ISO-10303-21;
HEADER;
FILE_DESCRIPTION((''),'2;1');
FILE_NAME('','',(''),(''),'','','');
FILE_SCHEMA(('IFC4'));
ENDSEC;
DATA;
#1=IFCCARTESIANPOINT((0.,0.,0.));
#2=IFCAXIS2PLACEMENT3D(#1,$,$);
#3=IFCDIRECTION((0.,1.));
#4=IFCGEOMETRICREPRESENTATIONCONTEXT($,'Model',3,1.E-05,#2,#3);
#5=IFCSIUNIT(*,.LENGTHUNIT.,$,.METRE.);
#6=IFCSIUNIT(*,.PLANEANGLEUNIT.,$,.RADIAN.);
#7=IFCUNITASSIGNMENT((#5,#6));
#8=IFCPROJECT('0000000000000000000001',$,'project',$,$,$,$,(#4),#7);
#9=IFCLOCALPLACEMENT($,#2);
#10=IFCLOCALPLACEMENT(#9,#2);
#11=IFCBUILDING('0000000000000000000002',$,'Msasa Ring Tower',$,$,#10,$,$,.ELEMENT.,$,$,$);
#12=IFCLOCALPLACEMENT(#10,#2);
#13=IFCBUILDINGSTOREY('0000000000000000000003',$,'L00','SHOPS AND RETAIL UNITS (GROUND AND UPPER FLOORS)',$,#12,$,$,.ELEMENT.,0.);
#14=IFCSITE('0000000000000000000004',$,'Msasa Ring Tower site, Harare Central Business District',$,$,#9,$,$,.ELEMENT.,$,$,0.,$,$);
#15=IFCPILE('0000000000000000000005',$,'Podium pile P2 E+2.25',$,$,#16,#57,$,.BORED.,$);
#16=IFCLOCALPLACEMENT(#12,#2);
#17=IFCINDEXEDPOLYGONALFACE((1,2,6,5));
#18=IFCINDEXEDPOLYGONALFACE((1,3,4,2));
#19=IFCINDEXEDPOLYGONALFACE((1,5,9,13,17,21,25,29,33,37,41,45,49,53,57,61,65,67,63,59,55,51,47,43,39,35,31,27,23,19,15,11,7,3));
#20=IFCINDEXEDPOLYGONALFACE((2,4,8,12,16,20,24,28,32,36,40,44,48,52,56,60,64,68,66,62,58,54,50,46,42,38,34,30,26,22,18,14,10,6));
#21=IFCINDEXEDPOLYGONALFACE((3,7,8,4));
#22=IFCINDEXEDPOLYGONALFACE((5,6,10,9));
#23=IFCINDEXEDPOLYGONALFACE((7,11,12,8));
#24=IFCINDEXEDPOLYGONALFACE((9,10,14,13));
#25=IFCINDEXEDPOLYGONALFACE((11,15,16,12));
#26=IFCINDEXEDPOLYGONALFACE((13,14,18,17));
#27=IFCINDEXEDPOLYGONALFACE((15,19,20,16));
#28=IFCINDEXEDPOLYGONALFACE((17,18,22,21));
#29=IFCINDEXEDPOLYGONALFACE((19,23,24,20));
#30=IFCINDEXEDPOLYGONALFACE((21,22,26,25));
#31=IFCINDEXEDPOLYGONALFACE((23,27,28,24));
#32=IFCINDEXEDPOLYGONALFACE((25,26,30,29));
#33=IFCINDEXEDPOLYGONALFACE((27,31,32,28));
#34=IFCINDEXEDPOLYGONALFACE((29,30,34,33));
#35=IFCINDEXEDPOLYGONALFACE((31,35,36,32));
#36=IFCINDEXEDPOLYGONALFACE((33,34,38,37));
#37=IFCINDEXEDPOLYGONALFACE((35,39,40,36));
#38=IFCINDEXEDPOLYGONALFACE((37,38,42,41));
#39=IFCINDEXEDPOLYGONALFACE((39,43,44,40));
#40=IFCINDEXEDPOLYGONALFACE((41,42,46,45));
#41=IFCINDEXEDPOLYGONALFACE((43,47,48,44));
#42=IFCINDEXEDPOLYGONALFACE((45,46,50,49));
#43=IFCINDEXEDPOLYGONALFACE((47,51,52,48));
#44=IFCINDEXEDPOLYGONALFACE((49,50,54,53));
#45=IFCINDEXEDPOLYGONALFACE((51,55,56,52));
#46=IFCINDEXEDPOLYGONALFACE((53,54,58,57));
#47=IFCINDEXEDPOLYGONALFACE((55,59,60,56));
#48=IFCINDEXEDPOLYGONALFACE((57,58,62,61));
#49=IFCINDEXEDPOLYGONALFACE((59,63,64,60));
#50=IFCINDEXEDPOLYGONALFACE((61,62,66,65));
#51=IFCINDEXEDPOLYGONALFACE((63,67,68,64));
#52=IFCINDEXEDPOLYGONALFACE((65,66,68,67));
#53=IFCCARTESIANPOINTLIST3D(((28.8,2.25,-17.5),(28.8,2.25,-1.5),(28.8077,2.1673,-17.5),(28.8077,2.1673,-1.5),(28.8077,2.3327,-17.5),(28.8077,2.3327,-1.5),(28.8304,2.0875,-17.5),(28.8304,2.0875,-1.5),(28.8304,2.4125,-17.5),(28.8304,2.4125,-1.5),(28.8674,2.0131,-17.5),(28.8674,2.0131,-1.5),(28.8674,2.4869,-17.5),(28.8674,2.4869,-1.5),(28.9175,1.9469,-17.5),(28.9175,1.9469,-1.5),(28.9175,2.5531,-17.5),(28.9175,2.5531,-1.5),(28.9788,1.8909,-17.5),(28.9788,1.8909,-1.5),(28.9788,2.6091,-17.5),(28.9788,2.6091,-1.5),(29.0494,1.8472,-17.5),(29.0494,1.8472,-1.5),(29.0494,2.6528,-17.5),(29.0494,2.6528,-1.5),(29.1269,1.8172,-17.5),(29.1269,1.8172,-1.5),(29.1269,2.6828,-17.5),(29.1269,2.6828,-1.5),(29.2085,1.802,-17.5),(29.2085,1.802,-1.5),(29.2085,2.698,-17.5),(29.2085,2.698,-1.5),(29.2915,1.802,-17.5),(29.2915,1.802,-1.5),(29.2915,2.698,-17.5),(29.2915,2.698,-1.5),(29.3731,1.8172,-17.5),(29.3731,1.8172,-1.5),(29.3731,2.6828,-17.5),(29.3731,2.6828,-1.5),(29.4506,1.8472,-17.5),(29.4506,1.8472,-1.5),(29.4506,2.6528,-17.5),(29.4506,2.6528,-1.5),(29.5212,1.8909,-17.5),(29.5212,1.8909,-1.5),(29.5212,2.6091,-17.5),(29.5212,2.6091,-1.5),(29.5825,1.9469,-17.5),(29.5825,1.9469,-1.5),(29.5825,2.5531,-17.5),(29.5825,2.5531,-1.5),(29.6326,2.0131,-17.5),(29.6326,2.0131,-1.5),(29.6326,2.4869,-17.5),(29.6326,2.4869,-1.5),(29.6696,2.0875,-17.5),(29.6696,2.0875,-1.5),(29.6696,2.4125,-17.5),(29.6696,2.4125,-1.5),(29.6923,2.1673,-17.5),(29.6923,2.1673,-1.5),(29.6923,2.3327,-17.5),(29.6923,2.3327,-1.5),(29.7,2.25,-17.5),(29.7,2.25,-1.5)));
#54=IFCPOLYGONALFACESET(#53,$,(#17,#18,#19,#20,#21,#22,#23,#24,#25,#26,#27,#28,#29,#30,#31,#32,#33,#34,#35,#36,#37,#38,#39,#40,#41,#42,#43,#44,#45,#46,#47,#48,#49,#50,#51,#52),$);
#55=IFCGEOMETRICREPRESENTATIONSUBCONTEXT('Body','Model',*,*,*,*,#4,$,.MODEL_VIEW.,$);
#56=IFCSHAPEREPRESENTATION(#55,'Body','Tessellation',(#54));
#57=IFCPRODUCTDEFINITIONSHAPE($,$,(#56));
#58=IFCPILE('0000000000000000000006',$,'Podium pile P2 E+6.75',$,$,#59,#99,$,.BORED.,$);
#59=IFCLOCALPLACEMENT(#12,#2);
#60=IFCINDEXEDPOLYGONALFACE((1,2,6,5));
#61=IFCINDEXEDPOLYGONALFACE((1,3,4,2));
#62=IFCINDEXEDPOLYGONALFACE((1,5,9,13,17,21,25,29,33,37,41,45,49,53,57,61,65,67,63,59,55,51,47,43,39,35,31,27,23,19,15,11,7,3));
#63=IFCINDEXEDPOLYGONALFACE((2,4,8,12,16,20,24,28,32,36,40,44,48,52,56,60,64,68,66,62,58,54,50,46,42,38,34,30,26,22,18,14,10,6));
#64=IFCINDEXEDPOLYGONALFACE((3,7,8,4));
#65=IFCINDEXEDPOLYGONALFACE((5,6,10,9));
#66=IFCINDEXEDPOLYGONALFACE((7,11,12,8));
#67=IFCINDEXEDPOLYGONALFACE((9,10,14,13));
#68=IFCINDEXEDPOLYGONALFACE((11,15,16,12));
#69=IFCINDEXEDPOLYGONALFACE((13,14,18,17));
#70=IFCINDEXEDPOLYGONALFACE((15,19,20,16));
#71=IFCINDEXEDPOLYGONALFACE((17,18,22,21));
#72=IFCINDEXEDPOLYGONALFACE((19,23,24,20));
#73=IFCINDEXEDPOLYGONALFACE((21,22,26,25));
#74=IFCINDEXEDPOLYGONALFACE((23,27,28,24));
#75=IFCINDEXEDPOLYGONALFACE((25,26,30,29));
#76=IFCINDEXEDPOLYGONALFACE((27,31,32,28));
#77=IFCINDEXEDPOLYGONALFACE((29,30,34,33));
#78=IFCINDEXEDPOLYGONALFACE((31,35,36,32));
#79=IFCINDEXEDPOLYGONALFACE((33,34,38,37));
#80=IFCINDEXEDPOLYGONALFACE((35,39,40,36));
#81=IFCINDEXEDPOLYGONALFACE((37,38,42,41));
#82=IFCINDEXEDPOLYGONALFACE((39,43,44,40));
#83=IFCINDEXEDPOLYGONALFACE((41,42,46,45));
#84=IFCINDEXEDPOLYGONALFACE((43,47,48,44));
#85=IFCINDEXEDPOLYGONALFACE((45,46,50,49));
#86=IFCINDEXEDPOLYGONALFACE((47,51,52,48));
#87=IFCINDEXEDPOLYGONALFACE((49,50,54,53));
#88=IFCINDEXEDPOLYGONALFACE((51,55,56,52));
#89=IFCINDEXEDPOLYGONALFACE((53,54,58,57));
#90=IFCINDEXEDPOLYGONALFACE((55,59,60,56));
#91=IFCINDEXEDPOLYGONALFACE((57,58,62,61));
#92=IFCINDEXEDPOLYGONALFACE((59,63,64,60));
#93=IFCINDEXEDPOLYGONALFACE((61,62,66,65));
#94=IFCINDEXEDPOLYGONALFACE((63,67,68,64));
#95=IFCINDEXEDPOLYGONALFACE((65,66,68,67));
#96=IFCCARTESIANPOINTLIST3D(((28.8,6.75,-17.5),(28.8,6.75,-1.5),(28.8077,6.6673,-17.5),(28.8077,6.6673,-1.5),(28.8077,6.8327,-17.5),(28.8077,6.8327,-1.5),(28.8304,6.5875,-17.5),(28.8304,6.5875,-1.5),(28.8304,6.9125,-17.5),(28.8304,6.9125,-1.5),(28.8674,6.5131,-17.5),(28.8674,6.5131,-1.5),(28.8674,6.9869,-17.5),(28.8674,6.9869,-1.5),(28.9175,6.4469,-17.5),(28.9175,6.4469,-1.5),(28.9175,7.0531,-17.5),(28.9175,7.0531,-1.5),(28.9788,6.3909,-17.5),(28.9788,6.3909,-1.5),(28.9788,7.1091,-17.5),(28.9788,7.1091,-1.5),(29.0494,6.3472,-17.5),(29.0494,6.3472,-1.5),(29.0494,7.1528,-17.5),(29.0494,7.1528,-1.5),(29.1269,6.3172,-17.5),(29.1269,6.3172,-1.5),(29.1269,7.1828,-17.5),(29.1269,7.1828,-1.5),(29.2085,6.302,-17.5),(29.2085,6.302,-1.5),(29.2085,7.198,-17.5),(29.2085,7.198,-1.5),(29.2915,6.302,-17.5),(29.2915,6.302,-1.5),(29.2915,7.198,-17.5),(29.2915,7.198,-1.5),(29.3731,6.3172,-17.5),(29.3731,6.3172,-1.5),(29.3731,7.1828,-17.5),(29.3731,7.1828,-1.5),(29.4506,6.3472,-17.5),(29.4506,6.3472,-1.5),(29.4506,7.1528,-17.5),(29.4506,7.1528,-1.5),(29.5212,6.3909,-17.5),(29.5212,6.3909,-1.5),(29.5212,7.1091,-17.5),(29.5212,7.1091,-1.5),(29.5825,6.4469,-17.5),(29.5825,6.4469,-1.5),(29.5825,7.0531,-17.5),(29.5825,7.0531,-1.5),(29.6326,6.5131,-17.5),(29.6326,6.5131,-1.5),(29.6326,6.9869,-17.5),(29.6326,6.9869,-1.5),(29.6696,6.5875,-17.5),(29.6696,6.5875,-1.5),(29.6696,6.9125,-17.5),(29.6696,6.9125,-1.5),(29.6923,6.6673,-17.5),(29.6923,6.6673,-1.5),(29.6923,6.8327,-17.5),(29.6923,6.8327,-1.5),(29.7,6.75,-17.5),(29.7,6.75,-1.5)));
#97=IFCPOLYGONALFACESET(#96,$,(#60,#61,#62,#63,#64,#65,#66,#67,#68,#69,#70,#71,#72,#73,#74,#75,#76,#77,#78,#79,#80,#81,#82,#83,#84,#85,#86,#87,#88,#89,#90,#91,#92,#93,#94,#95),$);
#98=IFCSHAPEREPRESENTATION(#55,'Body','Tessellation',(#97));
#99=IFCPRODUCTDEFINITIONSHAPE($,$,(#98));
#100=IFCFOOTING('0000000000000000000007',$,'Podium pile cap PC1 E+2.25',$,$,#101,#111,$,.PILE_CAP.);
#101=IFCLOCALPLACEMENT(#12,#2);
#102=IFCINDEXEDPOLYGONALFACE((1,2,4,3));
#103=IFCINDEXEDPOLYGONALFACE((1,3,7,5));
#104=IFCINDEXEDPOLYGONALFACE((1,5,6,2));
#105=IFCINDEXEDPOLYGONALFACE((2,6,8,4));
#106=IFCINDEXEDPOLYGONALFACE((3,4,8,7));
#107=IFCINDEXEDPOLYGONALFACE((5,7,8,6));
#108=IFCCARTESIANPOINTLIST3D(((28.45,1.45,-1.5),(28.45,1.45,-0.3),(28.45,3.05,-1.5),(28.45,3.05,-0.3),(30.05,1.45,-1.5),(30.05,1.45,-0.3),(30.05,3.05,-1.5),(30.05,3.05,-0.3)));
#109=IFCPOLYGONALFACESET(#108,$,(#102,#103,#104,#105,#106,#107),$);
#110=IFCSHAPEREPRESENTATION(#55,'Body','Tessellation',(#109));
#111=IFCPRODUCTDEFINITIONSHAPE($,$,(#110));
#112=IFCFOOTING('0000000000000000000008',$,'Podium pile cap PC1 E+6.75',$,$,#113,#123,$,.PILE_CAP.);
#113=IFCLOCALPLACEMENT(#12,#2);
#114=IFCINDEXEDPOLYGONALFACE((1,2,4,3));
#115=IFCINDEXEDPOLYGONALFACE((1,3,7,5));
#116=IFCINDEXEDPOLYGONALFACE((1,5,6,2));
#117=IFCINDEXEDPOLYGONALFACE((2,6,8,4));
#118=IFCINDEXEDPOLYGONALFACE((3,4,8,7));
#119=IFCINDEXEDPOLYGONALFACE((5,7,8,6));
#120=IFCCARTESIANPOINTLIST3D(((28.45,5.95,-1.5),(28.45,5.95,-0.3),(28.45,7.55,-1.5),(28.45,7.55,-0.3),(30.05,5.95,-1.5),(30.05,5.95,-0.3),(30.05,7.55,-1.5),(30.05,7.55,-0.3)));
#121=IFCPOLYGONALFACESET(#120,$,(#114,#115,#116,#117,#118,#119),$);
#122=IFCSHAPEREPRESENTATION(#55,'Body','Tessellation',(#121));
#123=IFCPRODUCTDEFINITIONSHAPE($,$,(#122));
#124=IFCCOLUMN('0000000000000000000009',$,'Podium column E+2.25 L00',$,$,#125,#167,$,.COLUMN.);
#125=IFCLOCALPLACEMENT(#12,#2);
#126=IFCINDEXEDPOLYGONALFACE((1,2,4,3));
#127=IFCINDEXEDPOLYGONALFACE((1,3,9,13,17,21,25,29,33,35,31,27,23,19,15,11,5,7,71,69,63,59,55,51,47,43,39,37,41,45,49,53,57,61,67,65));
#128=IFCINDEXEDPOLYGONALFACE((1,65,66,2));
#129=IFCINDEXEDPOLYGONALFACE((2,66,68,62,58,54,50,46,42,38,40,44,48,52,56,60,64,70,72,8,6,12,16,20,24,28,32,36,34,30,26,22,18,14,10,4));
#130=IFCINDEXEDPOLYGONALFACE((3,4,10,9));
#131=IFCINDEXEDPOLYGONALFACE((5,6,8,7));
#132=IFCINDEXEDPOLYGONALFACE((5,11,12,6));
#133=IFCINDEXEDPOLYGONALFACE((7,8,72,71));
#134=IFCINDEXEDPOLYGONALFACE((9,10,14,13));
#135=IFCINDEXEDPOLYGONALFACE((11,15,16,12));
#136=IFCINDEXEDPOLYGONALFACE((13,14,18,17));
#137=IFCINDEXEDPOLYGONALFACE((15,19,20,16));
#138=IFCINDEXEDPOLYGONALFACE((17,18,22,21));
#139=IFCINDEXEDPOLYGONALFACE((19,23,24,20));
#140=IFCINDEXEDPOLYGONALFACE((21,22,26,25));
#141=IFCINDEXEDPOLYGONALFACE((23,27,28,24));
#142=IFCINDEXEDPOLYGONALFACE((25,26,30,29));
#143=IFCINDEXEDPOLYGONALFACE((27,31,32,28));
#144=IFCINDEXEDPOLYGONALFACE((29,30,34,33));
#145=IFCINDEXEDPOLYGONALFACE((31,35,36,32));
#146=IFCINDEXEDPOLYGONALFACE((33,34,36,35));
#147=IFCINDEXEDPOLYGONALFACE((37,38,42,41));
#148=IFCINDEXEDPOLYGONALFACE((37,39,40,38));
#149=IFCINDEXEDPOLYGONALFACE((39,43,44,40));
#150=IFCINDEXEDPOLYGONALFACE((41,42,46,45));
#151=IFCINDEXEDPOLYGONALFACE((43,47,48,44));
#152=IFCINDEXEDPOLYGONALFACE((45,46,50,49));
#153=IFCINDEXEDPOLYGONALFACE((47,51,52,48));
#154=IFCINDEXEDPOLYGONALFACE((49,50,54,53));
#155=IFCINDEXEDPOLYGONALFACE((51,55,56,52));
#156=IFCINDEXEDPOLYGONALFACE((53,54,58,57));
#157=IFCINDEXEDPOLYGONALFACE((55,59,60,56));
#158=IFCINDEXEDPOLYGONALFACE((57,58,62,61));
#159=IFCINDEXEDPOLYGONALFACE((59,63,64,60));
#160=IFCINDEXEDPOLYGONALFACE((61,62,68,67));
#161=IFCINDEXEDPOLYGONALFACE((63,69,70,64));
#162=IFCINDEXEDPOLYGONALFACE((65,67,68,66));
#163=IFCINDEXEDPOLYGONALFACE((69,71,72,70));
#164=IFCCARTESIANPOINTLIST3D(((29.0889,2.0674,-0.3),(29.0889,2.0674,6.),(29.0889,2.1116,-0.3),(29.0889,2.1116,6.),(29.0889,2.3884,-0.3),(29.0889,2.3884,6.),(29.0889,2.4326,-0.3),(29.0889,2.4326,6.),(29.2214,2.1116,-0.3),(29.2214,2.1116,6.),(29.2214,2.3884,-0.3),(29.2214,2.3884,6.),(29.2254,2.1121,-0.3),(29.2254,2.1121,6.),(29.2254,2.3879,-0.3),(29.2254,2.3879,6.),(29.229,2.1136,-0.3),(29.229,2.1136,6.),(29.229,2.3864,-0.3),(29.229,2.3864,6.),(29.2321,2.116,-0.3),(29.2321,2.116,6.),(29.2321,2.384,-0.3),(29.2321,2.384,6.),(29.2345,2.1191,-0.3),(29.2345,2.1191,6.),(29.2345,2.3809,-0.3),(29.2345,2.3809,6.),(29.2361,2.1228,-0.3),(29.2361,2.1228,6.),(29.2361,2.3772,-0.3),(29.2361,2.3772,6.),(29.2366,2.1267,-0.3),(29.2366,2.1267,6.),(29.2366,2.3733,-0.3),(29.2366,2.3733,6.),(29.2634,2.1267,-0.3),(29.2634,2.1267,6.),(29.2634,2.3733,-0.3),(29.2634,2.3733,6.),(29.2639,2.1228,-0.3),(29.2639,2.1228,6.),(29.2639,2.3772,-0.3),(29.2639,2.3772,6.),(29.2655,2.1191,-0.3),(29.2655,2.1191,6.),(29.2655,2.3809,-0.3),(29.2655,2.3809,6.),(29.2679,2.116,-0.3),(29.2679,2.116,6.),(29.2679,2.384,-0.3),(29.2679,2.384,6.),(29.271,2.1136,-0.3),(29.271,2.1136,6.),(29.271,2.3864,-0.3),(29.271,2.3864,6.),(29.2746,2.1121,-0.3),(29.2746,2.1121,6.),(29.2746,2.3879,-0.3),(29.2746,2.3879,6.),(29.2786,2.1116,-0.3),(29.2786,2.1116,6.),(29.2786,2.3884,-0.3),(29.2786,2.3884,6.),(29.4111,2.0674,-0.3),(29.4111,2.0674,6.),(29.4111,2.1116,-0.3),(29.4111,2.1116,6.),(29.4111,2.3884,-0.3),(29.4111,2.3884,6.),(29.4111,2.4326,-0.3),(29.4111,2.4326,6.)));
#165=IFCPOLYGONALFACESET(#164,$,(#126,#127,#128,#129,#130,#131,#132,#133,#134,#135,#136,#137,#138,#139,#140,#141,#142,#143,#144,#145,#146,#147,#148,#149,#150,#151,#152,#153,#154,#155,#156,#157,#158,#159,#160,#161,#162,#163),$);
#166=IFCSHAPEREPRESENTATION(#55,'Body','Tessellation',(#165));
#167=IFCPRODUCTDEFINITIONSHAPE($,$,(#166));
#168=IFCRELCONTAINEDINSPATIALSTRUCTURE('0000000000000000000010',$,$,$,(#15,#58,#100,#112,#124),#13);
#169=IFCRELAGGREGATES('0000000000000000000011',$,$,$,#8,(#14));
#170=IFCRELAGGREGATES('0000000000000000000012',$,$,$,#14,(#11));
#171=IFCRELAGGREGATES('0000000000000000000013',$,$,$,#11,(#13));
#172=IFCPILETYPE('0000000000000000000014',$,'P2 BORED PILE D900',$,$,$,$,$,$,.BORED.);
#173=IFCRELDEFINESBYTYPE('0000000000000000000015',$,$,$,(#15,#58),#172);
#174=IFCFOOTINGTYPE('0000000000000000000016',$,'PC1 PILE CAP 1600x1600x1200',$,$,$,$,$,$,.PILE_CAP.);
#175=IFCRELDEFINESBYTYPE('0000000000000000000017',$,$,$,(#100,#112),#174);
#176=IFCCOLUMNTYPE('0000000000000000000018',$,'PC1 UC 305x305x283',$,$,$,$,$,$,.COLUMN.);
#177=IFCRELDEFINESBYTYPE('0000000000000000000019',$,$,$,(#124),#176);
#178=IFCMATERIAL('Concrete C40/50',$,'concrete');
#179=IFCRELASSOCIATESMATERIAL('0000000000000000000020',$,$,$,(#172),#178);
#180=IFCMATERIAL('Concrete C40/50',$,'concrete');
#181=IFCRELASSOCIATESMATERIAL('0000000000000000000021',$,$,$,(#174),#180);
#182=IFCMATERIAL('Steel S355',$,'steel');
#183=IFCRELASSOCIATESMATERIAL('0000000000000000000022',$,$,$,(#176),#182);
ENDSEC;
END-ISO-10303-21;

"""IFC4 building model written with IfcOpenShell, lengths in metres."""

from ifc_helpers import new_model, si_unit, direction, frame, origin, origin_2d, place, context, subcontext, project, spatial, rectangle, circle, i_section, extrude, material, material_profile, profile_set, type_object, element, save


model = new_model("IFC4")

# Units and contexts
model_context = context("Model", 3, precision=1e-05, world=origin(), true_north=direction((0.0, 1.0)))
body_context = subcontext(model_context, "Body", "Model", "MODEL_VIEW")
ifc_project = project(units=[si_unit("LENGTHUNIT", "METRE"), si_unit("PLANEANGLEUNIT", "RADIAN")], contexts=[model_context])

# Site, building, storey
site_placement = place(None, origin())
site = spatial("IfcSite", under=ifc_project, at=site_placement, Name="Msasa Ring Tower site, Harare Central Business District", CompositionType="ELEMENT", RefElevation=0.0)
building_placement = place(site_placement, origin())
building = spatial("IfcBuilding", under=site, at=building_placement, Name="Msasa Ring Tower", CompositionType="ELEMENT")
storey_placement = place(building_placement, origin())
storey = spatial("IfcBuildingStorey", under=building, at=storey_placement, Name="L00", Description="SHOPS AND RETAIL UNITS (GROUND AND UPPER FLOORS)", CompositionType="ELEMENT", Elevation=0.0)

# Piles
ifc_material_1 = material(Name="Concrete C40/50", Category="concrete")
ifc_material_profile_1 = material_profile(ifc_material_1, circle(Radius=0.45, at=origin_2d()), Name="D900")
ifc_profile_set_1 = profile_set([ifc_material_profile_1], Name="Concrete C40/50")
pile_type = type_object("IfcPileType", Name="P2 BORED PILE D900", PredefinedType="BORED", material=ifc_profile_set_1)
for number, where, z_axis, x_axis, name in (
    (1, (29.25, 2.25, -1.5), (0.0, 0.0, -1.0), (1.0, 0.0, 0.0), "Podium pile P2 E+2.25"),
    (2, (29.25, 6.75, -1.5), (0.0, 0.0, -1.0), (1.0, 0.0, 0.0), "Podium pile P2 E+6.75"),
):
    element("IfcPile", number, at=place(storey_placement, frame(where, z_axis=z_axis, x_axis=x_axis)), inside=storey, type_object=pile_type, Name=name, PredefinedType="BORED", context=body_context, shape_type="SweptSolid", body=[
        extrude(circle(Radius=0.45, at=origin_2d()), origin(), (0.0, 0.0, 1.0), 16.0),
    ])

# Footings
ifc_material_2 = material(Name="Concrete C40/50", Category="concrete")
footing_type = type_object("IfcFootingType", Name="PC1 PILE CAP 1600x1600x1200", PredefinedType="PILE_CAP", material=ifc_material_2)
for number, where, z_axis, x_axis, name in (
    (3, (29.25, 2.25, -1.5), (0.0, 0.0, 1.0), (1.0, 0.0, 0.0), "Podium pile cap PC1 E+2.25"),
    (4, (29.25, 6.75, -1.5), (0.0, 0.0, 1.0), (1.0, 0.0, 0.0), "Podium pile cap PC1 E+6.75"),
):
    element("IfcFooting", number, at=place(storey_placement, frame(where, z_axis=z_axis, x_axis=x_axis)), inside=storey, type_object=footing_type, Name=name, PredefinedType="PILE_CAP", context=body_context, shape_type="SweptSolid", body=[
        extrude(rectangle(XDim=1.6001, YDim=1.6001, at=origin_2d()), origin(), (0.0, 0.0, 1.0), 1.2),
    ])

# Column
ifc_material_3 = material(Name="Steel S355", Category="steel")
ifc_material_profile_2 = material_profile(ifc_material_3, i_section(OverallWidth=0.3223, OverallDepth=0.3652, WebThickness=0.0269, FlangeThickness=0.0442, FilletRadius=0.0151, at=origin_2d()), Name="UC 305x305x283")
ifc_profile_set_2 = profile_set([ifc_material_profile_2], Name="Steel S355")
column_type = type_object("IfcColumnType", Name="PC1 UC 305x305x283", PredefinedType="COLUMN", material=ifc_profile_set_2)
for number, where, z_axis, x_axis, name in (
    (5, (29.25, 2.25, -0.3), (0.0, 0.0, 1.0), (1.0, 0.0, 0.0), "Podium column E+2.25 L00"),
):
    element("IfcColumn", number, at=place(storey_placement, frame(where, z_axis=z_axis, x_axis=x_axis)), inside=storey, type_object=column_type, Name=name, PredefinedType="COLUMN", context=body_context, shape_type="SweptSolid", body=[
        extrude(i_section(OverallWidth=0.3223, OverallDepth=0.3652, WebThickness=0.0269, FlangeThickness=0.0442, FilletRadius=0.0151, at=origin_2d()), origin(), (0.0, 0.0, 1.0), 6.3),
    ])

save(model, "model.ifc")
